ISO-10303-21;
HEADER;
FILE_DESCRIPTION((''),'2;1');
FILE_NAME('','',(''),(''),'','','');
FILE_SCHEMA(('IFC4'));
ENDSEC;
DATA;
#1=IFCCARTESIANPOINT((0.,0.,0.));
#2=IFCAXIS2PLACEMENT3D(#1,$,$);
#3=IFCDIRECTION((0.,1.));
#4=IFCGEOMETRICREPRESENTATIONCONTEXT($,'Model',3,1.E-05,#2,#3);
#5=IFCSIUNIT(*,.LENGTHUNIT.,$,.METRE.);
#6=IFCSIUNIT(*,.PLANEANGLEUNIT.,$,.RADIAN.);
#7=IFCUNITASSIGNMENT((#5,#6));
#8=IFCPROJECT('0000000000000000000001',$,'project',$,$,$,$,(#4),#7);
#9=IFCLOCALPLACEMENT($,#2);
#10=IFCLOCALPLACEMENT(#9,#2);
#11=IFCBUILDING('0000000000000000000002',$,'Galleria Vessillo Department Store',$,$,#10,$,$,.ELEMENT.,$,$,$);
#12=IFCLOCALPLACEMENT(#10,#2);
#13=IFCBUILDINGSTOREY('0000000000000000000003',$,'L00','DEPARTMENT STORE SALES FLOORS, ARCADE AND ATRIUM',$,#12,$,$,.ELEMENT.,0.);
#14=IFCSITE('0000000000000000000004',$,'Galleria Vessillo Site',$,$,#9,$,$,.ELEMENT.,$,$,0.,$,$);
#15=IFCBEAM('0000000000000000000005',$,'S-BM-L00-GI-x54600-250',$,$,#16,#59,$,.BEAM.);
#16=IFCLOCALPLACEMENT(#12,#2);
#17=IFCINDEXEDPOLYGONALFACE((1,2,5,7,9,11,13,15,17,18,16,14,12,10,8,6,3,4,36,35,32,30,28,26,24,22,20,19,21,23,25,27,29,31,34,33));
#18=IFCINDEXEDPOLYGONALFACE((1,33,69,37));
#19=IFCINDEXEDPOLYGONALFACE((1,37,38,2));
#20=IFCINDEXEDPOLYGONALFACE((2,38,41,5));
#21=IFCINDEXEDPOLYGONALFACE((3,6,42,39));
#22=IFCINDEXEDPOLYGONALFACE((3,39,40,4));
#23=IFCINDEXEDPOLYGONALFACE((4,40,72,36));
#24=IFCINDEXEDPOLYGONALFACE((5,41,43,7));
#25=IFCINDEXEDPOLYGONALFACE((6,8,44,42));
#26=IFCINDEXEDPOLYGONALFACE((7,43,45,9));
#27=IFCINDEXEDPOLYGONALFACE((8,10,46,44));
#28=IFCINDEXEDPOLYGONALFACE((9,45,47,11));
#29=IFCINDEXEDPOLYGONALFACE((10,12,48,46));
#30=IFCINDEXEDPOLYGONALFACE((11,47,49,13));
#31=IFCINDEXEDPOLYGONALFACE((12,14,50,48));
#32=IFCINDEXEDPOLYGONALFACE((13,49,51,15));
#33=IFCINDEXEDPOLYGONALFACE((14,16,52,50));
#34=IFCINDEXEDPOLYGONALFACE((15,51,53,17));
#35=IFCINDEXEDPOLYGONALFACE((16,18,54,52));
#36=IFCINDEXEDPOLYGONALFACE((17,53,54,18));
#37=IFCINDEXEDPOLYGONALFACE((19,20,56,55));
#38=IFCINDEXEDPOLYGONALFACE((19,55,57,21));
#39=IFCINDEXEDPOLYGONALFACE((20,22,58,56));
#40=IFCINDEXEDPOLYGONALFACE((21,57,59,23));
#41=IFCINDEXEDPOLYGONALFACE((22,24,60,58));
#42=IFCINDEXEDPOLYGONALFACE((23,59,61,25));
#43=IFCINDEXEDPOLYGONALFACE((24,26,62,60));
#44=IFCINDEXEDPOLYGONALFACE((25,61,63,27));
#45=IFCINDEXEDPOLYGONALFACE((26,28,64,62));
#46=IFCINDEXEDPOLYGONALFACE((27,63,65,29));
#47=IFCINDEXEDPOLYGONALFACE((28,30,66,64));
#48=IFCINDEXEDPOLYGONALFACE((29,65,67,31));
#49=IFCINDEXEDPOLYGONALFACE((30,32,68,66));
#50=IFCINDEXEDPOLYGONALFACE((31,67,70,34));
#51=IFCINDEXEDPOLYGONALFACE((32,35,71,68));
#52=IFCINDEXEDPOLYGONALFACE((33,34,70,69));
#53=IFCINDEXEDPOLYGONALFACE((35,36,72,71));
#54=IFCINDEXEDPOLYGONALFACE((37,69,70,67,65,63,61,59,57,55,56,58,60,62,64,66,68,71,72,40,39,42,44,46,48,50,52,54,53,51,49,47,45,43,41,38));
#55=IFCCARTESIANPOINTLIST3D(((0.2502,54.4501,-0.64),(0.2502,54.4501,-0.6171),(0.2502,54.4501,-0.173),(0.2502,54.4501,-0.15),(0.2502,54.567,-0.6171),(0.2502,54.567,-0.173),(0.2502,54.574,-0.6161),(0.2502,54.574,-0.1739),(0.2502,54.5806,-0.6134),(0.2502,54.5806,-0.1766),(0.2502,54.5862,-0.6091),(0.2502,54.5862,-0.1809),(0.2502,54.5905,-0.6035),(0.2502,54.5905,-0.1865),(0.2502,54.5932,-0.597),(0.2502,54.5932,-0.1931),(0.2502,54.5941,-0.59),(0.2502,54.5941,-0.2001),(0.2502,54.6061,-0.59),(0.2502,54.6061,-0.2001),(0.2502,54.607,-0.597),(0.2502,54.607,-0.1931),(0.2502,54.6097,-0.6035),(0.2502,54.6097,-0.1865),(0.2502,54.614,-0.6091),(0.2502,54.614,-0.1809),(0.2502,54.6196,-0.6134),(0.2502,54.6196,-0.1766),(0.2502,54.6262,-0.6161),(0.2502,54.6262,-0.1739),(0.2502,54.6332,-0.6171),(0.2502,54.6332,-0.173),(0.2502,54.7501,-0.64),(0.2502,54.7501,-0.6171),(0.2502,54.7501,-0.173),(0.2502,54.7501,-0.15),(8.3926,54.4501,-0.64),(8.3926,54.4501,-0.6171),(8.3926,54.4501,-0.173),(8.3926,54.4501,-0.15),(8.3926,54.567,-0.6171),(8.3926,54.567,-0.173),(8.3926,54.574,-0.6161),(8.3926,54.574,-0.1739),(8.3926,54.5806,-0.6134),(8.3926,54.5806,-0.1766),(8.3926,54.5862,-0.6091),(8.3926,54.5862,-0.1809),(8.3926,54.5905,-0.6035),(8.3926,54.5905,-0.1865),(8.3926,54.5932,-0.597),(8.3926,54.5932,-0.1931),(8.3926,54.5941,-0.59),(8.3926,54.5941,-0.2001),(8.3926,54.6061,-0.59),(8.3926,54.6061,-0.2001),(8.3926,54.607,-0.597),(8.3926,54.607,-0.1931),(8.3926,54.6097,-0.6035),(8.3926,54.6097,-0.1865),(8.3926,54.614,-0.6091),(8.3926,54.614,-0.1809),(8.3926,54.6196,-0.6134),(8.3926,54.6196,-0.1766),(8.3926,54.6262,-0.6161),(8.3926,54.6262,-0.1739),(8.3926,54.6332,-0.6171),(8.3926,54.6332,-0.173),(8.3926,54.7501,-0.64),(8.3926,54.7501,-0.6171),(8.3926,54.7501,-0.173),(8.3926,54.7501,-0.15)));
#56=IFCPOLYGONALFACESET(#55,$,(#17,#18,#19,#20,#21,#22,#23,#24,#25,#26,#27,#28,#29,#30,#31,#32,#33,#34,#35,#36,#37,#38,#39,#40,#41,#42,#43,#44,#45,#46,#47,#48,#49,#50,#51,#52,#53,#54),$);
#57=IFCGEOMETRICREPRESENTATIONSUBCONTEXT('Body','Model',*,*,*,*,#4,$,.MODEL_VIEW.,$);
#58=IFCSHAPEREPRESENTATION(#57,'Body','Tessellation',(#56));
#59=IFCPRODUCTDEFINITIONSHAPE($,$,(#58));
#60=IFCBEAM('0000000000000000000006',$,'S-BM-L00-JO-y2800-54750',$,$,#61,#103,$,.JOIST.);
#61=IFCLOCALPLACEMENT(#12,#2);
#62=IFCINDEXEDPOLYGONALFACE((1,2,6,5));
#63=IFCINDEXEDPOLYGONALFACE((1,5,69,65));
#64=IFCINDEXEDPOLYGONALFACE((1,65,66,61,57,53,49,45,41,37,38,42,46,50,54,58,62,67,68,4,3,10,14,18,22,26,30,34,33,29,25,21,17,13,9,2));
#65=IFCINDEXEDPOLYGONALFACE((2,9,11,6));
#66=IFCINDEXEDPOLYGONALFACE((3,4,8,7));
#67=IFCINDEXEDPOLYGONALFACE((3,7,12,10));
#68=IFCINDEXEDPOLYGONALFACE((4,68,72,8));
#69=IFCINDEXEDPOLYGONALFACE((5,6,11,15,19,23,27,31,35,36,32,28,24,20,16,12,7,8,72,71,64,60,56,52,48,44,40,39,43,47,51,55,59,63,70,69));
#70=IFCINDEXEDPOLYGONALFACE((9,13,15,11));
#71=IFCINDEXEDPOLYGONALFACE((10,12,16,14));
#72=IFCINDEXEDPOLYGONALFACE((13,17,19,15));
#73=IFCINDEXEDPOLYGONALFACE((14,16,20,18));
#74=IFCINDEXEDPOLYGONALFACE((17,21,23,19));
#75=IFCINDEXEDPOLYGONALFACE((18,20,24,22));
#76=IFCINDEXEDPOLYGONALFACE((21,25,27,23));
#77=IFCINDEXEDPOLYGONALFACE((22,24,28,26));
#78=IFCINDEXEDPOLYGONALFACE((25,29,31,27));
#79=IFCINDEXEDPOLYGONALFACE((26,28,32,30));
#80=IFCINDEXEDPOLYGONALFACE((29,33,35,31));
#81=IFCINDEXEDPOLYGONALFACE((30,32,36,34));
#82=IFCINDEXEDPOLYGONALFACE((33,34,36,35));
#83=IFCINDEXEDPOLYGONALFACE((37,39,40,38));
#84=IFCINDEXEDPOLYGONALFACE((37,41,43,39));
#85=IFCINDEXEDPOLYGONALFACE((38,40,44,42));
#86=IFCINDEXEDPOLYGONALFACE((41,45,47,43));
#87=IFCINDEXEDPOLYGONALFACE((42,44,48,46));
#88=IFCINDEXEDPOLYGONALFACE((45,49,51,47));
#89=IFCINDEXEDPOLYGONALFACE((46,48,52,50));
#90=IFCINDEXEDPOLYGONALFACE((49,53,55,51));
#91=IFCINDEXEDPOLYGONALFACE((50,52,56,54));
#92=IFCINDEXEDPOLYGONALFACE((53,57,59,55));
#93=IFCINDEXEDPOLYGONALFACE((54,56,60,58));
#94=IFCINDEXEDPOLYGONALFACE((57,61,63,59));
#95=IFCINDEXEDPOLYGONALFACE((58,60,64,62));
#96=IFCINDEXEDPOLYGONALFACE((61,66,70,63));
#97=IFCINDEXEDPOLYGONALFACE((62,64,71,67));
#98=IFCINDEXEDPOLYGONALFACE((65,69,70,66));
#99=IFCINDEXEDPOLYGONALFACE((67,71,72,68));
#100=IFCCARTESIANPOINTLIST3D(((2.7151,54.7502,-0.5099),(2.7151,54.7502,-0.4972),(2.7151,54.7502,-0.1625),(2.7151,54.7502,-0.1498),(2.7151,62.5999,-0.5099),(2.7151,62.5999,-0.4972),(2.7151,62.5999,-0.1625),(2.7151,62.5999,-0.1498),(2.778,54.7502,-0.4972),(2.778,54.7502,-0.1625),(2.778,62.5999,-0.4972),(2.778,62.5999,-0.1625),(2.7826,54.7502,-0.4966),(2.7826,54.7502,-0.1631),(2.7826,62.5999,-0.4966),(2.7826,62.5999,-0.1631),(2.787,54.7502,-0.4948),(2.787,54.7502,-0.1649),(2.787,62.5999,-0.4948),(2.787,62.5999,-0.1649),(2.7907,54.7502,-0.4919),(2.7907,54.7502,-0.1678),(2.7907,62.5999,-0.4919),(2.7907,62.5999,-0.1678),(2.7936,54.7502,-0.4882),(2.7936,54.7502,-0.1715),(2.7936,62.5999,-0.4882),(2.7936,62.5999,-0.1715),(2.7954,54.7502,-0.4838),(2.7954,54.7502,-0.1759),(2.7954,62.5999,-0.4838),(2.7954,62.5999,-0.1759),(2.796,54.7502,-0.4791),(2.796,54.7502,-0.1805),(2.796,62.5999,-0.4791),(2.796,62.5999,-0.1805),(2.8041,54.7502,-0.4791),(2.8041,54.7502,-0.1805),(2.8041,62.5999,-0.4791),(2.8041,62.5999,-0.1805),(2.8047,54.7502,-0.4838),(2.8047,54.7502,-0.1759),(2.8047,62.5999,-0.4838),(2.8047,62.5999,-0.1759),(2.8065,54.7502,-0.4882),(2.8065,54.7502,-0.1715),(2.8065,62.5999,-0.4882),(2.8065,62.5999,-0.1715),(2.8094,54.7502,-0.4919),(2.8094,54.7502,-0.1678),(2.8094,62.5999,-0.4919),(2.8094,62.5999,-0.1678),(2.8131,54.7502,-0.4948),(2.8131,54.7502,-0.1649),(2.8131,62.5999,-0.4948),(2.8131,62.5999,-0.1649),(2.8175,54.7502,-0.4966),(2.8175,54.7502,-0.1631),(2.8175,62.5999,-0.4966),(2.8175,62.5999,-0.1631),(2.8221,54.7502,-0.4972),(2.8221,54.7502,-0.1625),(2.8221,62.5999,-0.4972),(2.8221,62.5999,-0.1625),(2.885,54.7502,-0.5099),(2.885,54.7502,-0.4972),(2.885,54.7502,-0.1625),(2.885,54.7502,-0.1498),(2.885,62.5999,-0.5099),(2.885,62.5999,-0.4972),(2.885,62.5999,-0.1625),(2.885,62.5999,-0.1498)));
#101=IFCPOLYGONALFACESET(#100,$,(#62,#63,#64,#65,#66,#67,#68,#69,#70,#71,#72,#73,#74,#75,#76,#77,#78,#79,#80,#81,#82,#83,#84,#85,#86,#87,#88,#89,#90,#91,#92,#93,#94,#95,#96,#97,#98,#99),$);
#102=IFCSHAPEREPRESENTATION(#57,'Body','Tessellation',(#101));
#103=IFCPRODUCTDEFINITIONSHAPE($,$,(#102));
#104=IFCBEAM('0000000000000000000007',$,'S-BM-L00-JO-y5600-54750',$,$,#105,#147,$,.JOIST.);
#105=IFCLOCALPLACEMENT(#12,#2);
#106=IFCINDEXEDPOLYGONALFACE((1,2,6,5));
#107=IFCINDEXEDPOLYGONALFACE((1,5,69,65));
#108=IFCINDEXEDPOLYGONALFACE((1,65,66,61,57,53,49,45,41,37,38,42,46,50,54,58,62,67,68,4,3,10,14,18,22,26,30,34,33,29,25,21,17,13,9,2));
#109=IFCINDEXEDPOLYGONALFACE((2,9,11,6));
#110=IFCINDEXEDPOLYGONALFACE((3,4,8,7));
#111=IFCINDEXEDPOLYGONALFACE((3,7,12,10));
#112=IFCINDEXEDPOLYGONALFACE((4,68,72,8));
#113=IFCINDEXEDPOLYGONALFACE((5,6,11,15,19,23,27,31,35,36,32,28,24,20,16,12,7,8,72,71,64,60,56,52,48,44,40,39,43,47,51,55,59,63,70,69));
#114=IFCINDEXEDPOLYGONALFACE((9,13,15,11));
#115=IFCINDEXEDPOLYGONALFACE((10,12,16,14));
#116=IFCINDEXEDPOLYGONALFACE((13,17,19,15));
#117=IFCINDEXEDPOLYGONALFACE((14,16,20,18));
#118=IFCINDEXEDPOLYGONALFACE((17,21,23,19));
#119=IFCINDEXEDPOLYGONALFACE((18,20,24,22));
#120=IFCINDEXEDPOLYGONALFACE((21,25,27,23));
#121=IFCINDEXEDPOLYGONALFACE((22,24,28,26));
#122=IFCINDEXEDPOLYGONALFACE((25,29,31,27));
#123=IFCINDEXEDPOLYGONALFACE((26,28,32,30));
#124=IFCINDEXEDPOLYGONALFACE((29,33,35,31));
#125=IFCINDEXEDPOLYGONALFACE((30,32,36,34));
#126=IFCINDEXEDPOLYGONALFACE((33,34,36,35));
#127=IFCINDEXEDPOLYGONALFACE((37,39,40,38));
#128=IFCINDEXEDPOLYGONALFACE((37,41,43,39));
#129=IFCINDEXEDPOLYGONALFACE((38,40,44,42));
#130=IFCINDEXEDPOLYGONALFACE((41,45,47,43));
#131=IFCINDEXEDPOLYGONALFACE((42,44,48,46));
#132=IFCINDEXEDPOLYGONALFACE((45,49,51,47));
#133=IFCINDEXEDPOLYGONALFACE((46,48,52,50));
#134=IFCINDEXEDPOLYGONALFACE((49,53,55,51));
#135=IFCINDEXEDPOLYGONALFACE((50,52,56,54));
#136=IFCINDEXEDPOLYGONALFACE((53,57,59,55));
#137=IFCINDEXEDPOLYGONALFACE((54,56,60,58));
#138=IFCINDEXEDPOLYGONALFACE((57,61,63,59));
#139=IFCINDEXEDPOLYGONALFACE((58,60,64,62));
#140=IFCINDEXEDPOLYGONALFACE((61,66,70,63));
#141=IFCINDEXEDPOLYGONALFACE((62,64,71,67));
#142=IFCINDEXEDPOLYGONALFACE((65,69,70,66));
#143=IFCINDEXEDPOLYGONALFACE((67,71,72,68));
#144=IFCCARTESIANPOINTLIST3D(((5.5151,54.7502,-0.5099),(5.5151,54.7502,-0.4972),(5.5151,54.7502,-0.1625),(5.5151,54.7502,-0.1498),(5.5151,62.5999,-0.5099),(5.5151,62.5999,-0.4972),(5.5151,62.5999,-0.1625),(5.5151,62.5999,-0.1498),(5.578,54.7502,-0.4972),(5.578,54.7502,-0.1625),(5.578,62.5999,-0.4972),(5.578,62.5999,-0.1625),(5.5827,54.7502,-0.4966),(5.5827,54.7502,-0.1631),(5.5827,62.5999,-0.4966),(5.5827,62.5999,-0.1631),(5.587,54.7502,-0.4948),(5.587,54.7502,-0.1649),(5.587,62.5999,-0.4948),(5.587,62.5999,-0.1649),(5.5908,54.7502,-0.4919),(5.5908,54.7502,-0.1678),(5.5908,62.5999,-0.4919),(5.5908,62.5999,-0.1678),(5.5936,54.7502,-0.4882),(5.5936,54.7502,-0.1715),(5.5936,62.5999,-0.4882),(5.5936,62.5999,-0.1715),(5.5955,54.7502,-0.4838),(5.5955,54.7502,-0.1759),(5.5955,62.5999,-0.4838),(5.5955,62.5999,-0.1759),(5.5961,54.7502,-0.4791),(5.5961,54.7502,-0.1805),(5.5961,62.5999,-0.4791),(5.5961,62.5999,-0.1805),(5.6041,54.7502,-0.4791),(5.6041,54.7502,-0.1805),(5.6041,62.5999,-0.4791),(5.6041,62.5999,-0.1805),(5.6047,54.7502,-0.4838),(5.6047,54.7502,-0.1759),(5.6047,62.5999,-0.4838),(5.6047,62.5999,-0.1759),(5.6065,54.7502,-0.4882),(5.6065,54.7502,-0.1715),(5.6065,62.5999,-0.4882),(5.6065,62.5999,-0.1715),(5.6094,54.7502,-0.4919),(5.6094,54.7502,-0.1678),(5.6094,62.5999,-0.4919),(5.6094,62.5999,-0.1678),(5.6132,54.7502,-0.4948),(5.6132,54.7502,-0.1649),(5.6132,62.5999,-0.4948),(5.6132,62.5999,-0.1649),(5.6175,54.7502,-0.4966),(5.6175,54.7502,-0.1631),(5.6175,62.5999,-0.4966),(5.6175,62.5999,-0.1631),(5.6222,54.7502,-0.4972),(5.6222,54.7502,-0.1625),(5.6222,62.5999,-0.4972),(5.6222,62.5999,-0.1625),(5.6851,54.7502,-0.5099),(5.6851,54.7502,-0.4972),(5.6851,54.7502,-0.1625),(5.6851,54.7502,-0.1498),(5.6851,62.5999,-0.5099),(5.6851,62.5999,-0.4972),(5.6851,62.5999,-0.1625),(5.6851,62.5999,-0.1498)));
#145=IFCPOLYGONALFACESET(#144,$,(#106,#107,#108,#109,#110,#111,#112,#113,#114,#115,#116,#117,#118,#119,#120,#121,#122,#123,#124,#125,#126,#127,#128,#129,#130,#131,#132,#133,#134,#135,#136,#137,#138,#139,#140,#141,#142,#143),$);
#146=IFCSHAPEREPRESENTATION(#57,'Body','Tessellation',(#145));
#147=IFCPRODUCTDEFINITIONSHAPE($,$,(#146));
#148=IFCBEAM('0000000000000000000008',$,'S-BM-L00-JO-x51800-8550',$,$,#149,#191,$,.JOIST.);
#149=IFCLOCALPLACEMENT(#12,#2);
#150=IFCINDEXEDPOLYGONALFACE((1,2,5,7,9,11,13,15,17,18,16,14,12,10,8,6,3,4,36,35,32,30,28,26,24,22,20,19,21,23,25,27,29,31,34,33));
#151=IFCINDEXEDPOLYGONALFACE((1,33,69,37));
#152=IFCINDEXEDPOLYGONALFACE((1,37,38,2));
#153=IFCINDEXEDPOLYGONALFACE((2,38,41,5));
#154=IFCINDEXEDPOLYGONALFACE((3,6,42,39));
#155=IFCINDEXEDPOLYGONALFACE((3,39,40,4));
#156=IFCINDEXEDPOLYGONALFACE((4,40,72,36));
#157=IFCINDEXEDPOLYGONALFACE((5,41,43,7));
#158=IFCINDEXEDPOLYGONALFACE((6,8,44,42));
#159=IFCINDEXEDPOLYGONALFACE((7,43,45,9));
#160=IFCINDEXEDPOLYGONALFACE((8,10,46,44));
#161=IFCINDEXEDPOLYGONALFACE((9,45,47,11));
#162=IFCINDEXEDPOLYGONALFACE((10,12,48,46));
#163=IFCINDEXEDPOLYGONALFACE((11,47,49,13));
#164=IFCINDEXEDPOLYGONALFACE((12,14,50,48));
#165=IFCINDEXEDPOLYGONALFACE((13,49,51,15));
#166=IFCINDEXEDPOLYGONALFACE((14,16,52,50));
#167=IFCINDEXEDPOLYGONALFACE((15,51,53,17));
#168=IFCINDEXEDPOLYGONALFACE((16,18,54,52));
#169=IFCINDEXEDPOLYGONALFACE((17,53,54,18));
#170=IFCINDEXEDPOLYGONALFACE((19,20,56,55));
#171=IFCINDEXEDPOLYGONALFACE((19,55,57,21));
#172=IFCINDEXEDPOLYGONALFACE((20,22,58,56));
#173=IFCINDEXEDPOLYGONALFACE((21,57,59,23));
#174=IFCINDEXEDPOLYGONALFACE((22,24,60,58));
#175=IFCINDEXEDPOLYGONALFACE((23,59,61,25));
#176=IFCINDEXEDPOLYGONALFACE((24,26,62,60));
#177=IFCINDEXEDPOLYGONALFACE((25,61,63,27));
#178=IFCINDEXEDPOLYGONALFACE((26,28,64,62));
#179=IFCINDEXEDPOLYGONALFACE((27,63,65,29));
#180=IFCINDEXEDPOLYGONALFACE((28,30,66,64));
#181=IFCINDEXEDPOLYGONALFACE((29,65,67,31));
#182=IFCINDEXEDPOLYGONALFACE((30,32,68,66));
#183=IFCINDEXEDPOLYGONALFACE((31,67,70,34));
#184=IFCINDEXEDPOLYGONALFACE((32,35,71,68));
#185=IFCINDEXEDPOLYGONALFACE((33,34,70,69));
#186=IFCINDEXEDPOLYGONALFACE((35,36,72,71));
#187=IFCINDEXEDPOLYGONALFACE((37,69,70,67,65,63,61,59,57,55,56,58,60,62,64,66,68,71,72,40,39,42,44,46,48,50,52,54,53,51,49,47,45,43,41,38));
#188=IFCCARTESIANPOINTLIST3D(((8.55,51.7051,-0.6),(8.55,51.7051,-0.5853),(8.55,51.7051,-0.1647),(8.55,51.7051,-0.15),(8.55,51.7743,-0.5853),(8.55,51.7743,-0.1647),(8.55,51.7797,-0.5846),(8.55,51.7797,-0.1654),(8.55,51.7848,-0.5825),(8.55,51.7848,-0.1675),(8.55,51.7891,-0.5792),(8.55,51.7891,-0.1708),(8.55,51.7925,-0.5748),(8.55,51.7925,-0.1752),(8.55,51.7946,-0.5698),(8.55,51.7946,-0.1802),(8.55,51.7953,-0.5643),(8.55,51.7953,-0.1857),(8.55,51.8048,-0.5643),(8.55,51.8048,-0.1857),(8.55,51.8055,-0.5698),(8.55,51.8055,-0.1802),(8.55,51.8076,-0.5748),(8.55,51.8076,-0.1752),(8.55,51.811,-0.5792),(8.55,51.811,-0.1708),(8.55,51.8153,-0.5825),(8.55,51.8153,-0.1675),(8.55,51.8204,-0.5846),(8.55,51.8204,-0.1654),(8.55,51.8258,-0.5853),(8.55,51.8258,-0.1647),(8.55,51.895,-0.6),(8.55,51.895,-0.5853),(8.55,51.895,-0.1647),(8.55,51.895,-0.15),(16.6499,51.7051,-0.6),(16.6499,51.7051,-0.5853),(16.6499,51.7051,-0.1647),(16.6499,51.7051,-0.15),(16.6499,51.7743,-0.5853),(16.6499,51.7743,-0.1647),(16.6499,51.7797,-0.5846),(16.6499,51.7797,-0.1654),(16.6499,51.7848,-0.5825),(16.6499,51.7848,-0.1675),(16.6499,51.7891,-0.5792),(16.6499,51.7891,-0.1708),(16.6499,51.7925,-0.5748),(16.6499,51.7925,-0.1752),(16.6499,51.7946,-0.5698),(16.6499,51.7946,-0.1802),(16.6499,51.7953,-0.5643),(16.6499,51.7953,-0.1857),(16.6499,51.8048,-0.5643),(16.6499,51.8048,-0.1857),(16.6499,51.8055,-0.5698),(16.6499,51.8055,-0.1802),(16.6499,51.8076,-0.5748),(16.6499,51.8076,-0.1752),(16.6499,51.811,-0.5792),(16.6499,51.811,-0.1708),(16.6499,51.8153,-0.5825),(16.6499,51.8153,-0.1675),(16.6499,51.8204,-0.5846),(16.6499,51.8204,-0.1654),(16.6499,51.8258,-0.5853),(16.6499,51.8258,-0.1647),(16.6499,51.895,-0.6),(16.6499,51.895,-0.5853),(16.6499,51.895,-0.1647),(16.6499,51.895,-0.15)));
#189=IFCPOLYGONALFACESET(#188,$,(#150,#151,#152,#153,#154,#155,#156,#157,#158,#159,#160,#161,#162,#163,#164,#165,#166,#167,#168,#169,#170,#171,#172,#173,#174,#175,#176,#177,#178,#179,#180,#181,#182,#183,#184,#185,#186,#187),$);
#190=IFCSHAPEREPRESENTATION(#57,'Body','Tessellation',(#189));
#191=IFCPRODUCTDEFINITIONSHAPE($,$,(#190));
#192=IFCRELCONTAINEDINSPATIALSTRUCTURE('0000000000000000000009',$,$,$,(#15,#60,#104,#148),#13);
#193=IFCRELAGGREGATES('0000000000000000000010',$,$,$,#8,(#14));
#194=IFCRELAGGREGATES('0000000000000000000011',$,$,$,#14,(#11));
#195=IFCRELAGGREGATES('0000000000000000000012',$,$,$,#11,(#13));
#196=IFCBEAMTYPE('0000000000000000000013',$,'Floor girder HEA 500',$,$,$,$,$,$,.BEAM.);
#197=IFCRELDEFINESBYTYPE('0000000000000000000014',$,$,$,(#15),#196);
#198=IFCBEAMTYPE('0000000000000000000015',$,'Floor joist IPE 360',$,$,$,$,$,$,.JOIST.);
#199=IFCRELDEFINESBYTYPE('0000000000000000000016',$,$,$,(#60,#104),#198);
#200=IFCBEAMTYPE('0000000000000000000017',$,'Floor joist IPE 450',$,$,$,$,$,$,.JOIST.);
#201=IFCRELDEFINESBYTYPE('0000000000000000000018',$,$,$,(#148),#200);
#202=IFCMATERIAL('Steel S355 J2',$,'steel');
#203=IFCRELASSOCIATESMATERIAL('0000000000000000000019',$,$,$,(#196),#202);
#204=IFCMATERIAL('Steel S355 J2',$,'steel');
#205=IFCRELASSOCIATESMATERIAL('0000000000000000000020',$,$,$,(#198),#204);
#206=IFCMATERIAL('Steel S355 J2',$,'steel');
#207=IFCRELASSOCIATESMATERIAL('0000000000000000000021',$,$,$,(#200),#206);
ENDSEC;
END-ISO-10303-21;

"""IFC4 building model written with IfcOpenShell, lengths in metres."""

from ifc_helpers import new_model, si_unit, direction, frame, origin, origin_2d, place, context, subcontext, project, spatial, i_section, extrude, material, material_profile, profile_set, type_object, element, save


model = new_model("IFC4")

# Units and contexts
model_context = context("Model", 3, precision=1e-05, world=origin(), true_north=direction((0.0, 1.0)))
body_context = subcontext(model_context, "Body", "Model", "MODEL_VIEW")
ifc_project = project(units=[si_unit("LENGTHUNIT", "METRE"), si_unit("PLANEANGLEUNIT", "RADIAN")], contexts=[model_context])

# Site, building, storey
site_placement = place(None, origin())
site = spatial("IfcSite", under=ifc_project, at=site_placement, Name="Galleria Vessillo Site", CompositionType="ELEMENT", RefElevation=0.0)
building_placement = place(site_placement, origin())
building = spatial("IfcBuilding", under=site, at=building_placement, Name="Galleria Vessillo Department Store", CompositionType="ELEMENT")
storey_placement = place(building_placement, origin())
storey = spatial("IfcBuildingStorey", under=building, at=storey_placement, Name="L00", Description="DEPARTMENT STORE SALES FLOORS, ARCADE AND ATRIUM", CompositionType="ELEMENT", Elevation=0.0)

# Beams
ifc_material_1 = material(Name="Steel S355 J2", Category="steel")
ifc_material_profile_1 = material_profile(ifc_material_1, i_section(OverallWidth=0.3, OverallDepth=0.49, WebThickness=0.012, FlangeThickness=0.0229, FilletRadius=0.0271, at=origin_2d()), Name="HEA 500")
ifc_profile_set_1 = profile_set([ifc_material_profile_1], Name="Steel S355 J2")
beam_type_1 = type_object("IfcBeamType", Name="Floor girder HEA 500", PredefinedType="BEAM", material=ifc_profile_set_1)
beam_1_placement = place(storey_placement, frame((0.2502, 54.6001, -0.395), z_axis=(1.0, 0.0, 0.0), x_axis=(0.0, 1.0, 0.0)))
element("IfcBeam", 1, at=beam_1_placement, inside=storey, type_object=beam_type_1, Name="S-BM-L00-GI-x54600-250", PredefinedType="BEAM", context=body_context, shape_type="SweptSolid", body=[
    extrude(i_section(OverallWidth=0.3, OverallDepth=0.49, WebThickness=0.012, FlangeThickness=0.0229, FilletRadius=0.0271, at=origin_2d()), origin(), (0.0, 0.0, 1.0), 8.1423),
])
ifc_material_2 = material(Name="Steel S355 J2", Category="steel")
ifc_material_profile_2 = material_profile(ifc_material_2, i_section(OverallWidth=0.1699, OverallDepth=0.3601, WebThickness=0.0081, FlangeThickness=0.0127, FilletRadius=0.0181, at=origin_2d()), Name="IPE 360")
ifc_profile_set_2 = profile_set([ifc_material_profile_2], Name="Steel S355 J2")
beam_type_2 = type_object("IfcBeamType", Name="Floor joist IPE 360", PredefinedType="JOIST", material=ifc_profile_set_2)
for number, where, z_axis, x_axis, name in (
    (2, (2.8, 54.7502, -0.3298), (0.0, 1.0, 0.0), (-1.0, 0.0, 0.0), "S-BM-L00-JO-y2800-54750"),
    (3, (5.6001, 54.7502, -0.3298), (0.0, 1.0, 0.0), (-1.0, 0.0, 0.0), "S-BM-L00-JO-y5600-54750"),
):
    element("IfcBeam", number, at=place(storey_placement, frame(where, z_axis=z_axis, x_axis=x_axis)), inside=storey, type_object=beam_type_2, Name=name, PredefinedType="JOIST", context=body_context, shape_type="SweptSolid", body=[
        extrude(i_section(OverallWidth=0.1699, OverallDepth=0.3601, WebThickness=0.0081, FlangeThickness=0.0127, FilletRadius=0.0181, at=origin_2d()), origin(), (0.0, 0.0, 1.0), 7.8496),
    ])
ifc_material_3 = material(Name="Steel S355 J2", Category="steel")
ifc_material_profile_3 = material_profile(ifc_material_3, i_section(OverallWidth=0.1899, OverallDepth=0.45, WebThickness=0.0095, FlangeThickness=0.0146, FilletRadius=0.021, at=origin_2d()), Name="IPE 450")
ifc_profile_set_3 = profile_set([ifc_material_profile_3], Name="Steel S355 J2")
beam_type_3 = type_object("IfcBeamType", Name="Floor joist IPE 450", PredefinedType="JOIST", material=ifc_profile_set_3)
beam_2_placement = place(storey_placement, frame((8.55, 51.8, -0.375), z_axis=(1.0, 0.0, 0.0), x_axis=(0.0, 1.0, 0.0)))
element("IfcBeam", 4, at=beam_2_placement, inside=storey, type_object=beam_type_3, Name="S-BM-L00-JO-x51800-8550", PredefinedType="JOIST", context=body_context, shape_type="SweptSolid", body=[
    extrude(i_section(OverallWidth=0.1899, OverallDepth=0.45, WebThickness=0.0095, FlangeThickness=0.0146, FilletRadius=0.021, at=origin_2d()), origin(), (0.0, 0.0, 1.0), 8.0999),
])

save(model, "model.ifc")
